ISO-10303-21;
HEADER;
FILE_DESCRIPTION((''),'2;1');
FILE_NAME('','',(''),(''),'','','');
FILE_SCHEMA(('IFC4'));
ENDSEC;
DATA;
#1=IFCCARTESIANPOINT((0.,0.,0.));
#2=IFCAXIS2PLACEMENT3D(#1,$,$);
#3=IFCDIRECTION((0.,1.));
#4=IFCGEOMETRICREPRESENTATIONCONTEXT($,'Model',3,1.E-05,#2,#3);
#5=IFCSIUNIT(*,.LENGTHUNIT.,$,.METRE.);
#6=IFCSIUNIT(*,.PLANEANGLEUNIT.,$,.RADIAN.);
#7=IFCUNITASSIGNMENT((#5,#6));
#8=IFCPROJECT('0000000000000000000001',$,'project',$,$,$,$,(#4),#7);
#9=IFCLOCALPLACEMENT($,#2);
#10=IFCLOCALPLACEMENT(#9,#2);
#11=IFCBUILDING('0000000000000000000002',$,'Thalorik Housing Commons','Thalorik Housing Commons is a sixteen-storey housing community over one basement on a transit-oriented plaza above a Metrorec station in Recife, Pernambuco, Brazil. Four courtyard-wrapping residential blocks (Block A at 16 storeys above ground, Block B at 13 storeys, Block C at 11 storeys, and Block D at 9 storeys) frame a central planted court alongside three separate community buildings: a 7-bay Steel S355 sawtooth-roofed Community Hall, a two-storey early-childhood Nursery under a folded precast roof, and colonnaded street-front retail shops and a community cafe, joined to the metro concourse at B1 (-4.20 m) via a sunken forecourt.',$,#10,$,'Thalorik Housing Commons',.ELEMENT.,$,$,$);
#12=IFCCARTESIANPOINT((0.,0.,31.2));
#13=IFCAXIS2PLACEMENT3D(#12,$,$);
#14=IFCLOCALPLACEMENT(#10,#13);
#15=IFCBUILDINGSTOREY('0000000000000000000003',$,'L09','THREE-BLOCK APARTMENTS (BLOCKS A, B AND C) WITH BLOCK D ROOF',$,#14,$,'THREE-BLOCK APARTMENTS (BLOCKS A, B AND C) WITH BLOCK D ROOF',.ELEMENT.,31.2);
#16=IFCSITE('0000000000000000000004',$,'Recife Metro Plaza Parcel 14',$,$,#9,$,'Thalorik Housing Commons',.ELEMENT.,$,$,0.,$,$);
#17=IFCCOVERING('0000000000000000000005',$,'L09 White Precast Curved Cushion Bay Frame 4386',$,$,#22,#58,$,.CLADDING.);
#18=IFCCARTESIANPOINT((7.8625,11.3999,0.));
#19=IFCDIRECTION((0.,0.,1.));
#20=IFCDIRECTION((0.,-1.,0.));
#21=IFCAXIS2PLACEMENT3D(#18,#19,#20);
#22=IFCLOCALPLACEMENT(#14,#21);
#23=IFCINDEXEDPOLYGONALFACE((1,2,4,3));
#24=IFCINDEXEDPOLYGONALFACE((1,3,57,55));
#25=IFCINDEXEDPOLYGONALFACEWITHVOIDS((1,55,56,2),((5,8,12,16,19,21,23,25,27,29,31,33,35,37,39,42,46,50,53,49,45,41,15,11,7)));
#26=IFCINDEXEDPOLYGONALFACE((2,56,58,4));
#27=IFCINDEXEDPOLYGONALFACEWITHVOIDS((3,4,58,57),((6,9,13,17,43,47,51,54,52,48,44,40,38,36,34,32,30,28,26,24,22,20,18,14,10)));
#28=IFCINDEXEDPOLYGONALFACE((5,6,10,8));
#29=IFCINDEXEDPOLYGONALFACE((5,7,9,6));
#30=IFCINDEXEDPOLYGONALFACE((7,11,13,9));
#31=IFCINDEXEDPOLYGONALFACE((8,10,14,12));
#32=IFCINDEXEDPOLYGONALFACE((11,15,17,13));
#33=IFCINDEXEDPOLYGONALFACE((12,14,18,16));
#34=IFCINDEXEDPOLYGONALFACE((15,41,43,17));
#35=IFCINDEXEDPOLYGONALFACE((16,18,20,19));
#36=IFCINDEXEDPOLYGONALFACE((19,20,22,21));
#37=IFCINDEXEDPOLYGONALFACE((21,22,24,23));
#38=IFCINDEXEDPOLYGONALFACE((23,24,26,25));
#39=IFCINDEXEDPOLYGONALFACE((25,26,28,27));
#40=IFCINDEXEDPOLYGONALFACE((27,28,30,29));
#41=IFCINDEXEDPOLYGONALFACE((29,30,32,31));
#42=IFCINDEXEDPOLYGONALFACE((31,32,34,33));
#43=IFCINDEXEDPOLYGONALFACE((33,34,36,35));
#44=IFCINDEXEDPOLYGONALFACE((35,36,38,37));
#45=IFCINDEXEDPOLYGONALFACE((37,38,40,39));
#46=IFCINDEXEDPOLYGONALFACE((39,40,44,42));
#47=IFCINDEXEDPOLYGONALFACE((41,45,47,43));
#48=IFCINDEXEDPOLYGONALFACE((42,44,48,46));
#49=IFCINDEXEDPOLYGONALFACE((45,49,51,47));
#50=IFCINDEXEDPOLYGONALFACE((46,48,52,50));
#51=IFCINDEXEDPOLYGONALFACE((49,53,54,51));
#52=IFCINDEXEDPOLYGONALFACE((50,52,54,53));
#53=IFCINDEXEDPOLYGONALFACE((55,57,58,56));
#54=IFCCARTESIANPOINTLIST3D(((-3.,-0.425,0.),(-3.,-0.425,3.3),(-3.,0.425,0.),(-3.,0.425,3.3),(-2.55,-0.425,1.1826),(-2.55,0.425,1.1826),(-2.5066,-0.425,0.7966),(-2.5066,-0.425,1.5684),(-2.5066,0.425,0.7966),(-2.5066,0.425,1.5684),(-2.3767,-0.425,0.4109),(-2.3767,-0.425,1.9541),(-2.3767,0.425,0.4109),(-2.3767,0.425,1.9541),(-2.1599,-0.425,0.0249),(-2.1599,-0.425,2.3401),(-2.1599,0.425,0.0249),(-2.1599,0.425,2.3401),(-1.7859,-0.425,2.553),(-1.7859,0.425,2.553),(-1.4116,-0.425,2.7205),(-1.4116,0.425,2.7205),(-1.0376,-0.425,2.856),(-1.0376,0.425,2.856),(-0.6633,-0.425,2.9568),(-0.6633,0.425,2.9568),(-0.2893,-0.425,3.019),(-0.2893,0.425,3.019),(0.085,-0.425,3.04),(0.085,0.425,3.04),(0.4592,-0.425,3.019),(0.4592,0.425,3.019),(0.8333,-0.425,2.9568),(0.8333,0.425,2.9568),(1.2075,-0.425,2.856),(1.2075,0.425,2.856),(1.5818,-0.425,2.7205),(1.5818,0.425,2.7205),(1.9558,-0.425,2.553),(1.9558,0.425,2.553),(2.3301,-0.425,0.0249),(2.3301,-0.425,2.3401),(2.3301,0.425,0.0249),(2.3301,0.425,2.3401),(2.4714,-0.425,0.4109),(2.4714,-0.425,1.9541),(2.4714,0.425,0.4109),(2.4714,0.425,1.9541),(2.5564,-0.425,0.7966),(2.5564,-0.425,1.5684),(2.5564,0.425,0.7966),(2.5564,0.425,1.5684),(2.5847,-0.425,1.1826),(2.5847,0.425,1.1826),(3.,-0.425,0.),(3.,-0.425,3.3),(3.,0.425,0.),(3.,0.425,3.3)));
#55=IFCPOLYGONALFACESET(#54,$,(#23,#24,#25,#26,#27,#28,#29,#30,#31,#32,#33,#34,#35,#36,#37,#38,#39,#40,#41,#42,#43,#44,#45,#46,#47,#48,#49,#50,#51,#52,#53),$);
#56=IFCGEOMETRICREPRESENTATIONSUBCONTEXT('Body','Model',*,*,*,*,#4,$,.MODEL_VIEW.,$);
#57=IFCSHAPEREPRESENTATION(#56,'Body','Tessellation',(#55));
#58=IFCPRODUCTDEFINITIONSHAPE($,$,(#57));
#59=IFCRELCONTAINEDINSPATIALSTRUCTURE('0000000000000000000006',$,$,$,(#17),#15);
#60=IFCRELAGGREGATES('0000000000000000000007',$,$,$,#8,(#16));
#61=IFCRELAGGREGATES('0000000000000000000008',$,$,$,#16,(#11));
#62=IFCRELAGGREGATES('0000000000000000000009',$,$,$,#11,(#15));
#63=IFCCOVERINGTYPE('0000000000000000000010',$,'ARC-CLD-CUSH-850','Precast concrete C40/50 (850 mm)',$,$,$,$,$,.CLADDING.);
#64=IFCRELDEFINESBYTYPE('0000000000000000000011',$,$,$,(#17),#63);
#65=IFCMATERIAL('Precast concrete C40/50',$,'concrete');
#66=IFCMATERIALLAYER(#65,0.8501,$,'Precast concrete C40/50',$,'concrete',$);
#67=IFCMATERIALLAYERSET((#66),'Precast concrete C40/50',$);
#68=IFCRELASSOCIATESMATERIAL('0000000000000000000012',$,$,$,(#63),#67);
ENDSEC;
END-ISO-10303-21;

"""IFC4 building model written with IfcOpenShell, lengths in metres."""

from ifc_helpers import new_model, si_unit, direction, frame, origin, place, context, subcontext, project, spatial, polyline, outline, extrude, material, layer, layer_set, type_object, element, save


model = new_model("IFC4")

# Units and contexts
model_context = context("Model", 3, precision=1e-05, world=origin(), true_north=direction((0.0, 1.0)))
body_context = subcontext(model_context, "Body", "Model", "MODEL_VIEW")
ifc_project = project(units=[si_unit("LENGTHUNIT", "METRE"), si_unit("PLANEANGLEUNIT", "RADIAN")], contexts=[model_context])

# Site, building, storey
site_placement = place(None, origin())
site = spatial("IfcSite", under=ifc_project, at=site_placement, Name="Recife Metro Plaza Parcel 14", LongName="Thalorik Housing Commons", CompositionType="ELEMENT", RefElevation=0.0)
building_placement = place(site_placement, origin())
building = spatial("IfcBuilding", under=site, at=building_placement, Name="Thalorik Housing Commons", Description="Thalorik Housing Commons is a sixteen-storey housing community over one basement on a transit-oriented plaza above a Metrorec station in Recife, Pernambuco, Brazil. Four courtyard-wrapping residential blocks (Block A at 16 storeys above ground, Block B at 13 storeys, Block C at 11 storeys, and Block D at 9 storeys) frame a central planted court alongside three separate community buildings: a 7-bay Steel S355 sawtooth-roofed Community Hall, a two-storey early-childhood Nursery under a folded precast roof, and colonnaded street-front retail shops and a community cafe, joined to the metro concourse at B1 (-4.20 m) via a sunken forecourt.", LongName="Thalorik Housing Commons", CompositionType="ELEMENT")
storey_placement = place(building_placement, frame((0.0, 0.0, 31.2)))
storey = spatial("IfcBuildingStorey", under=building, at=storey_placement, Name="L09", Description="THREE-BLOCK APARTMENTS (BLOCKS A, B AND C) WITH BLOCK D ROOF", LongName="THREE-BLOCK APARTMENTS (BLOCKS A, B AND C) WITH BLOCK D ROOF", CompositionType="ELEMENT", Elevation=31.2)

# Shared definitions
ifc_material_1 = material(Name="Precast concrete C40/50", Category="concrete")

# Covering
ifc_layer_1 = layer(ifc_material_1, 0.8501, Name="Precast concrete C40/50", Category="concrete")
ifc_layer_set_1 = layer_set([ifc_layer_1], Name="Precast concrete C40/50")
covering_type_1 = type_object("IfcCoveringType", Name="ARC-CLD-CUSH-850", Description="Precast concrete C40/50 (850 mm)", PredefinedType="CLADDING", material=ifc_layer_set_1)
covering_1_placement = place(storey_placement, frame((7.8625, 11.3999, 0.0), z_axis=(0.0, 0.0, 1.0), x_axis=(0.0, -1.0, 0.0)))
element("IfcCovering", 1, at=covering_1_placement, inside=storey, type_object=covering_type_1, Name="L09 White Precast Curved Cushion Bay Frame 4386", PredefinedType="CLADDING", context=body_context, shape_type="SweptSolid", body=[
    extrude(outline(polyline([(-3.0, 0.0), (3.0, 0.0), (3.0, 3.3), (-3.0, 3.3), (-3.0, 0.0)]), holes=[polyline([(2.3301, 0.0249), (2.4714, 0.4109), (2.5564, 0.7966), (2.5847, 1.1826), (2.5564, 1.5684), (2.4714, 1.9541), (2.3301, 2.3401), (1.9558, 2.553), (1.5818, 2.7205), (1.2075, 2.856), (0.8333, 2.9568), (0.4592, 3.019), (0.085, 3.04), (-0.2893, 3.019), (-0.6633, 2.9568), (-1.0376, 2.856), (-1.4116, 2.7205), (-1.7859, 2.553), (-2.1599, 2.3401), (-2.3767, 1.9541), (-2.5066, 1.5684), (-2.55, 1.1826), (-2.5066, 0.7966), (-2.3767, 0.4109), (-2.1599, 0.0249), (2.3301, 0.0249)])]), frame((0.0, 0.425, 0.0), z_axis=(0.0, -1.0, 0.0), x_axis=(1.0, 0.0, 0.0)), (0.0, 0.0, 1.0), 0.8501),
])

save(model, "model.ifc")
